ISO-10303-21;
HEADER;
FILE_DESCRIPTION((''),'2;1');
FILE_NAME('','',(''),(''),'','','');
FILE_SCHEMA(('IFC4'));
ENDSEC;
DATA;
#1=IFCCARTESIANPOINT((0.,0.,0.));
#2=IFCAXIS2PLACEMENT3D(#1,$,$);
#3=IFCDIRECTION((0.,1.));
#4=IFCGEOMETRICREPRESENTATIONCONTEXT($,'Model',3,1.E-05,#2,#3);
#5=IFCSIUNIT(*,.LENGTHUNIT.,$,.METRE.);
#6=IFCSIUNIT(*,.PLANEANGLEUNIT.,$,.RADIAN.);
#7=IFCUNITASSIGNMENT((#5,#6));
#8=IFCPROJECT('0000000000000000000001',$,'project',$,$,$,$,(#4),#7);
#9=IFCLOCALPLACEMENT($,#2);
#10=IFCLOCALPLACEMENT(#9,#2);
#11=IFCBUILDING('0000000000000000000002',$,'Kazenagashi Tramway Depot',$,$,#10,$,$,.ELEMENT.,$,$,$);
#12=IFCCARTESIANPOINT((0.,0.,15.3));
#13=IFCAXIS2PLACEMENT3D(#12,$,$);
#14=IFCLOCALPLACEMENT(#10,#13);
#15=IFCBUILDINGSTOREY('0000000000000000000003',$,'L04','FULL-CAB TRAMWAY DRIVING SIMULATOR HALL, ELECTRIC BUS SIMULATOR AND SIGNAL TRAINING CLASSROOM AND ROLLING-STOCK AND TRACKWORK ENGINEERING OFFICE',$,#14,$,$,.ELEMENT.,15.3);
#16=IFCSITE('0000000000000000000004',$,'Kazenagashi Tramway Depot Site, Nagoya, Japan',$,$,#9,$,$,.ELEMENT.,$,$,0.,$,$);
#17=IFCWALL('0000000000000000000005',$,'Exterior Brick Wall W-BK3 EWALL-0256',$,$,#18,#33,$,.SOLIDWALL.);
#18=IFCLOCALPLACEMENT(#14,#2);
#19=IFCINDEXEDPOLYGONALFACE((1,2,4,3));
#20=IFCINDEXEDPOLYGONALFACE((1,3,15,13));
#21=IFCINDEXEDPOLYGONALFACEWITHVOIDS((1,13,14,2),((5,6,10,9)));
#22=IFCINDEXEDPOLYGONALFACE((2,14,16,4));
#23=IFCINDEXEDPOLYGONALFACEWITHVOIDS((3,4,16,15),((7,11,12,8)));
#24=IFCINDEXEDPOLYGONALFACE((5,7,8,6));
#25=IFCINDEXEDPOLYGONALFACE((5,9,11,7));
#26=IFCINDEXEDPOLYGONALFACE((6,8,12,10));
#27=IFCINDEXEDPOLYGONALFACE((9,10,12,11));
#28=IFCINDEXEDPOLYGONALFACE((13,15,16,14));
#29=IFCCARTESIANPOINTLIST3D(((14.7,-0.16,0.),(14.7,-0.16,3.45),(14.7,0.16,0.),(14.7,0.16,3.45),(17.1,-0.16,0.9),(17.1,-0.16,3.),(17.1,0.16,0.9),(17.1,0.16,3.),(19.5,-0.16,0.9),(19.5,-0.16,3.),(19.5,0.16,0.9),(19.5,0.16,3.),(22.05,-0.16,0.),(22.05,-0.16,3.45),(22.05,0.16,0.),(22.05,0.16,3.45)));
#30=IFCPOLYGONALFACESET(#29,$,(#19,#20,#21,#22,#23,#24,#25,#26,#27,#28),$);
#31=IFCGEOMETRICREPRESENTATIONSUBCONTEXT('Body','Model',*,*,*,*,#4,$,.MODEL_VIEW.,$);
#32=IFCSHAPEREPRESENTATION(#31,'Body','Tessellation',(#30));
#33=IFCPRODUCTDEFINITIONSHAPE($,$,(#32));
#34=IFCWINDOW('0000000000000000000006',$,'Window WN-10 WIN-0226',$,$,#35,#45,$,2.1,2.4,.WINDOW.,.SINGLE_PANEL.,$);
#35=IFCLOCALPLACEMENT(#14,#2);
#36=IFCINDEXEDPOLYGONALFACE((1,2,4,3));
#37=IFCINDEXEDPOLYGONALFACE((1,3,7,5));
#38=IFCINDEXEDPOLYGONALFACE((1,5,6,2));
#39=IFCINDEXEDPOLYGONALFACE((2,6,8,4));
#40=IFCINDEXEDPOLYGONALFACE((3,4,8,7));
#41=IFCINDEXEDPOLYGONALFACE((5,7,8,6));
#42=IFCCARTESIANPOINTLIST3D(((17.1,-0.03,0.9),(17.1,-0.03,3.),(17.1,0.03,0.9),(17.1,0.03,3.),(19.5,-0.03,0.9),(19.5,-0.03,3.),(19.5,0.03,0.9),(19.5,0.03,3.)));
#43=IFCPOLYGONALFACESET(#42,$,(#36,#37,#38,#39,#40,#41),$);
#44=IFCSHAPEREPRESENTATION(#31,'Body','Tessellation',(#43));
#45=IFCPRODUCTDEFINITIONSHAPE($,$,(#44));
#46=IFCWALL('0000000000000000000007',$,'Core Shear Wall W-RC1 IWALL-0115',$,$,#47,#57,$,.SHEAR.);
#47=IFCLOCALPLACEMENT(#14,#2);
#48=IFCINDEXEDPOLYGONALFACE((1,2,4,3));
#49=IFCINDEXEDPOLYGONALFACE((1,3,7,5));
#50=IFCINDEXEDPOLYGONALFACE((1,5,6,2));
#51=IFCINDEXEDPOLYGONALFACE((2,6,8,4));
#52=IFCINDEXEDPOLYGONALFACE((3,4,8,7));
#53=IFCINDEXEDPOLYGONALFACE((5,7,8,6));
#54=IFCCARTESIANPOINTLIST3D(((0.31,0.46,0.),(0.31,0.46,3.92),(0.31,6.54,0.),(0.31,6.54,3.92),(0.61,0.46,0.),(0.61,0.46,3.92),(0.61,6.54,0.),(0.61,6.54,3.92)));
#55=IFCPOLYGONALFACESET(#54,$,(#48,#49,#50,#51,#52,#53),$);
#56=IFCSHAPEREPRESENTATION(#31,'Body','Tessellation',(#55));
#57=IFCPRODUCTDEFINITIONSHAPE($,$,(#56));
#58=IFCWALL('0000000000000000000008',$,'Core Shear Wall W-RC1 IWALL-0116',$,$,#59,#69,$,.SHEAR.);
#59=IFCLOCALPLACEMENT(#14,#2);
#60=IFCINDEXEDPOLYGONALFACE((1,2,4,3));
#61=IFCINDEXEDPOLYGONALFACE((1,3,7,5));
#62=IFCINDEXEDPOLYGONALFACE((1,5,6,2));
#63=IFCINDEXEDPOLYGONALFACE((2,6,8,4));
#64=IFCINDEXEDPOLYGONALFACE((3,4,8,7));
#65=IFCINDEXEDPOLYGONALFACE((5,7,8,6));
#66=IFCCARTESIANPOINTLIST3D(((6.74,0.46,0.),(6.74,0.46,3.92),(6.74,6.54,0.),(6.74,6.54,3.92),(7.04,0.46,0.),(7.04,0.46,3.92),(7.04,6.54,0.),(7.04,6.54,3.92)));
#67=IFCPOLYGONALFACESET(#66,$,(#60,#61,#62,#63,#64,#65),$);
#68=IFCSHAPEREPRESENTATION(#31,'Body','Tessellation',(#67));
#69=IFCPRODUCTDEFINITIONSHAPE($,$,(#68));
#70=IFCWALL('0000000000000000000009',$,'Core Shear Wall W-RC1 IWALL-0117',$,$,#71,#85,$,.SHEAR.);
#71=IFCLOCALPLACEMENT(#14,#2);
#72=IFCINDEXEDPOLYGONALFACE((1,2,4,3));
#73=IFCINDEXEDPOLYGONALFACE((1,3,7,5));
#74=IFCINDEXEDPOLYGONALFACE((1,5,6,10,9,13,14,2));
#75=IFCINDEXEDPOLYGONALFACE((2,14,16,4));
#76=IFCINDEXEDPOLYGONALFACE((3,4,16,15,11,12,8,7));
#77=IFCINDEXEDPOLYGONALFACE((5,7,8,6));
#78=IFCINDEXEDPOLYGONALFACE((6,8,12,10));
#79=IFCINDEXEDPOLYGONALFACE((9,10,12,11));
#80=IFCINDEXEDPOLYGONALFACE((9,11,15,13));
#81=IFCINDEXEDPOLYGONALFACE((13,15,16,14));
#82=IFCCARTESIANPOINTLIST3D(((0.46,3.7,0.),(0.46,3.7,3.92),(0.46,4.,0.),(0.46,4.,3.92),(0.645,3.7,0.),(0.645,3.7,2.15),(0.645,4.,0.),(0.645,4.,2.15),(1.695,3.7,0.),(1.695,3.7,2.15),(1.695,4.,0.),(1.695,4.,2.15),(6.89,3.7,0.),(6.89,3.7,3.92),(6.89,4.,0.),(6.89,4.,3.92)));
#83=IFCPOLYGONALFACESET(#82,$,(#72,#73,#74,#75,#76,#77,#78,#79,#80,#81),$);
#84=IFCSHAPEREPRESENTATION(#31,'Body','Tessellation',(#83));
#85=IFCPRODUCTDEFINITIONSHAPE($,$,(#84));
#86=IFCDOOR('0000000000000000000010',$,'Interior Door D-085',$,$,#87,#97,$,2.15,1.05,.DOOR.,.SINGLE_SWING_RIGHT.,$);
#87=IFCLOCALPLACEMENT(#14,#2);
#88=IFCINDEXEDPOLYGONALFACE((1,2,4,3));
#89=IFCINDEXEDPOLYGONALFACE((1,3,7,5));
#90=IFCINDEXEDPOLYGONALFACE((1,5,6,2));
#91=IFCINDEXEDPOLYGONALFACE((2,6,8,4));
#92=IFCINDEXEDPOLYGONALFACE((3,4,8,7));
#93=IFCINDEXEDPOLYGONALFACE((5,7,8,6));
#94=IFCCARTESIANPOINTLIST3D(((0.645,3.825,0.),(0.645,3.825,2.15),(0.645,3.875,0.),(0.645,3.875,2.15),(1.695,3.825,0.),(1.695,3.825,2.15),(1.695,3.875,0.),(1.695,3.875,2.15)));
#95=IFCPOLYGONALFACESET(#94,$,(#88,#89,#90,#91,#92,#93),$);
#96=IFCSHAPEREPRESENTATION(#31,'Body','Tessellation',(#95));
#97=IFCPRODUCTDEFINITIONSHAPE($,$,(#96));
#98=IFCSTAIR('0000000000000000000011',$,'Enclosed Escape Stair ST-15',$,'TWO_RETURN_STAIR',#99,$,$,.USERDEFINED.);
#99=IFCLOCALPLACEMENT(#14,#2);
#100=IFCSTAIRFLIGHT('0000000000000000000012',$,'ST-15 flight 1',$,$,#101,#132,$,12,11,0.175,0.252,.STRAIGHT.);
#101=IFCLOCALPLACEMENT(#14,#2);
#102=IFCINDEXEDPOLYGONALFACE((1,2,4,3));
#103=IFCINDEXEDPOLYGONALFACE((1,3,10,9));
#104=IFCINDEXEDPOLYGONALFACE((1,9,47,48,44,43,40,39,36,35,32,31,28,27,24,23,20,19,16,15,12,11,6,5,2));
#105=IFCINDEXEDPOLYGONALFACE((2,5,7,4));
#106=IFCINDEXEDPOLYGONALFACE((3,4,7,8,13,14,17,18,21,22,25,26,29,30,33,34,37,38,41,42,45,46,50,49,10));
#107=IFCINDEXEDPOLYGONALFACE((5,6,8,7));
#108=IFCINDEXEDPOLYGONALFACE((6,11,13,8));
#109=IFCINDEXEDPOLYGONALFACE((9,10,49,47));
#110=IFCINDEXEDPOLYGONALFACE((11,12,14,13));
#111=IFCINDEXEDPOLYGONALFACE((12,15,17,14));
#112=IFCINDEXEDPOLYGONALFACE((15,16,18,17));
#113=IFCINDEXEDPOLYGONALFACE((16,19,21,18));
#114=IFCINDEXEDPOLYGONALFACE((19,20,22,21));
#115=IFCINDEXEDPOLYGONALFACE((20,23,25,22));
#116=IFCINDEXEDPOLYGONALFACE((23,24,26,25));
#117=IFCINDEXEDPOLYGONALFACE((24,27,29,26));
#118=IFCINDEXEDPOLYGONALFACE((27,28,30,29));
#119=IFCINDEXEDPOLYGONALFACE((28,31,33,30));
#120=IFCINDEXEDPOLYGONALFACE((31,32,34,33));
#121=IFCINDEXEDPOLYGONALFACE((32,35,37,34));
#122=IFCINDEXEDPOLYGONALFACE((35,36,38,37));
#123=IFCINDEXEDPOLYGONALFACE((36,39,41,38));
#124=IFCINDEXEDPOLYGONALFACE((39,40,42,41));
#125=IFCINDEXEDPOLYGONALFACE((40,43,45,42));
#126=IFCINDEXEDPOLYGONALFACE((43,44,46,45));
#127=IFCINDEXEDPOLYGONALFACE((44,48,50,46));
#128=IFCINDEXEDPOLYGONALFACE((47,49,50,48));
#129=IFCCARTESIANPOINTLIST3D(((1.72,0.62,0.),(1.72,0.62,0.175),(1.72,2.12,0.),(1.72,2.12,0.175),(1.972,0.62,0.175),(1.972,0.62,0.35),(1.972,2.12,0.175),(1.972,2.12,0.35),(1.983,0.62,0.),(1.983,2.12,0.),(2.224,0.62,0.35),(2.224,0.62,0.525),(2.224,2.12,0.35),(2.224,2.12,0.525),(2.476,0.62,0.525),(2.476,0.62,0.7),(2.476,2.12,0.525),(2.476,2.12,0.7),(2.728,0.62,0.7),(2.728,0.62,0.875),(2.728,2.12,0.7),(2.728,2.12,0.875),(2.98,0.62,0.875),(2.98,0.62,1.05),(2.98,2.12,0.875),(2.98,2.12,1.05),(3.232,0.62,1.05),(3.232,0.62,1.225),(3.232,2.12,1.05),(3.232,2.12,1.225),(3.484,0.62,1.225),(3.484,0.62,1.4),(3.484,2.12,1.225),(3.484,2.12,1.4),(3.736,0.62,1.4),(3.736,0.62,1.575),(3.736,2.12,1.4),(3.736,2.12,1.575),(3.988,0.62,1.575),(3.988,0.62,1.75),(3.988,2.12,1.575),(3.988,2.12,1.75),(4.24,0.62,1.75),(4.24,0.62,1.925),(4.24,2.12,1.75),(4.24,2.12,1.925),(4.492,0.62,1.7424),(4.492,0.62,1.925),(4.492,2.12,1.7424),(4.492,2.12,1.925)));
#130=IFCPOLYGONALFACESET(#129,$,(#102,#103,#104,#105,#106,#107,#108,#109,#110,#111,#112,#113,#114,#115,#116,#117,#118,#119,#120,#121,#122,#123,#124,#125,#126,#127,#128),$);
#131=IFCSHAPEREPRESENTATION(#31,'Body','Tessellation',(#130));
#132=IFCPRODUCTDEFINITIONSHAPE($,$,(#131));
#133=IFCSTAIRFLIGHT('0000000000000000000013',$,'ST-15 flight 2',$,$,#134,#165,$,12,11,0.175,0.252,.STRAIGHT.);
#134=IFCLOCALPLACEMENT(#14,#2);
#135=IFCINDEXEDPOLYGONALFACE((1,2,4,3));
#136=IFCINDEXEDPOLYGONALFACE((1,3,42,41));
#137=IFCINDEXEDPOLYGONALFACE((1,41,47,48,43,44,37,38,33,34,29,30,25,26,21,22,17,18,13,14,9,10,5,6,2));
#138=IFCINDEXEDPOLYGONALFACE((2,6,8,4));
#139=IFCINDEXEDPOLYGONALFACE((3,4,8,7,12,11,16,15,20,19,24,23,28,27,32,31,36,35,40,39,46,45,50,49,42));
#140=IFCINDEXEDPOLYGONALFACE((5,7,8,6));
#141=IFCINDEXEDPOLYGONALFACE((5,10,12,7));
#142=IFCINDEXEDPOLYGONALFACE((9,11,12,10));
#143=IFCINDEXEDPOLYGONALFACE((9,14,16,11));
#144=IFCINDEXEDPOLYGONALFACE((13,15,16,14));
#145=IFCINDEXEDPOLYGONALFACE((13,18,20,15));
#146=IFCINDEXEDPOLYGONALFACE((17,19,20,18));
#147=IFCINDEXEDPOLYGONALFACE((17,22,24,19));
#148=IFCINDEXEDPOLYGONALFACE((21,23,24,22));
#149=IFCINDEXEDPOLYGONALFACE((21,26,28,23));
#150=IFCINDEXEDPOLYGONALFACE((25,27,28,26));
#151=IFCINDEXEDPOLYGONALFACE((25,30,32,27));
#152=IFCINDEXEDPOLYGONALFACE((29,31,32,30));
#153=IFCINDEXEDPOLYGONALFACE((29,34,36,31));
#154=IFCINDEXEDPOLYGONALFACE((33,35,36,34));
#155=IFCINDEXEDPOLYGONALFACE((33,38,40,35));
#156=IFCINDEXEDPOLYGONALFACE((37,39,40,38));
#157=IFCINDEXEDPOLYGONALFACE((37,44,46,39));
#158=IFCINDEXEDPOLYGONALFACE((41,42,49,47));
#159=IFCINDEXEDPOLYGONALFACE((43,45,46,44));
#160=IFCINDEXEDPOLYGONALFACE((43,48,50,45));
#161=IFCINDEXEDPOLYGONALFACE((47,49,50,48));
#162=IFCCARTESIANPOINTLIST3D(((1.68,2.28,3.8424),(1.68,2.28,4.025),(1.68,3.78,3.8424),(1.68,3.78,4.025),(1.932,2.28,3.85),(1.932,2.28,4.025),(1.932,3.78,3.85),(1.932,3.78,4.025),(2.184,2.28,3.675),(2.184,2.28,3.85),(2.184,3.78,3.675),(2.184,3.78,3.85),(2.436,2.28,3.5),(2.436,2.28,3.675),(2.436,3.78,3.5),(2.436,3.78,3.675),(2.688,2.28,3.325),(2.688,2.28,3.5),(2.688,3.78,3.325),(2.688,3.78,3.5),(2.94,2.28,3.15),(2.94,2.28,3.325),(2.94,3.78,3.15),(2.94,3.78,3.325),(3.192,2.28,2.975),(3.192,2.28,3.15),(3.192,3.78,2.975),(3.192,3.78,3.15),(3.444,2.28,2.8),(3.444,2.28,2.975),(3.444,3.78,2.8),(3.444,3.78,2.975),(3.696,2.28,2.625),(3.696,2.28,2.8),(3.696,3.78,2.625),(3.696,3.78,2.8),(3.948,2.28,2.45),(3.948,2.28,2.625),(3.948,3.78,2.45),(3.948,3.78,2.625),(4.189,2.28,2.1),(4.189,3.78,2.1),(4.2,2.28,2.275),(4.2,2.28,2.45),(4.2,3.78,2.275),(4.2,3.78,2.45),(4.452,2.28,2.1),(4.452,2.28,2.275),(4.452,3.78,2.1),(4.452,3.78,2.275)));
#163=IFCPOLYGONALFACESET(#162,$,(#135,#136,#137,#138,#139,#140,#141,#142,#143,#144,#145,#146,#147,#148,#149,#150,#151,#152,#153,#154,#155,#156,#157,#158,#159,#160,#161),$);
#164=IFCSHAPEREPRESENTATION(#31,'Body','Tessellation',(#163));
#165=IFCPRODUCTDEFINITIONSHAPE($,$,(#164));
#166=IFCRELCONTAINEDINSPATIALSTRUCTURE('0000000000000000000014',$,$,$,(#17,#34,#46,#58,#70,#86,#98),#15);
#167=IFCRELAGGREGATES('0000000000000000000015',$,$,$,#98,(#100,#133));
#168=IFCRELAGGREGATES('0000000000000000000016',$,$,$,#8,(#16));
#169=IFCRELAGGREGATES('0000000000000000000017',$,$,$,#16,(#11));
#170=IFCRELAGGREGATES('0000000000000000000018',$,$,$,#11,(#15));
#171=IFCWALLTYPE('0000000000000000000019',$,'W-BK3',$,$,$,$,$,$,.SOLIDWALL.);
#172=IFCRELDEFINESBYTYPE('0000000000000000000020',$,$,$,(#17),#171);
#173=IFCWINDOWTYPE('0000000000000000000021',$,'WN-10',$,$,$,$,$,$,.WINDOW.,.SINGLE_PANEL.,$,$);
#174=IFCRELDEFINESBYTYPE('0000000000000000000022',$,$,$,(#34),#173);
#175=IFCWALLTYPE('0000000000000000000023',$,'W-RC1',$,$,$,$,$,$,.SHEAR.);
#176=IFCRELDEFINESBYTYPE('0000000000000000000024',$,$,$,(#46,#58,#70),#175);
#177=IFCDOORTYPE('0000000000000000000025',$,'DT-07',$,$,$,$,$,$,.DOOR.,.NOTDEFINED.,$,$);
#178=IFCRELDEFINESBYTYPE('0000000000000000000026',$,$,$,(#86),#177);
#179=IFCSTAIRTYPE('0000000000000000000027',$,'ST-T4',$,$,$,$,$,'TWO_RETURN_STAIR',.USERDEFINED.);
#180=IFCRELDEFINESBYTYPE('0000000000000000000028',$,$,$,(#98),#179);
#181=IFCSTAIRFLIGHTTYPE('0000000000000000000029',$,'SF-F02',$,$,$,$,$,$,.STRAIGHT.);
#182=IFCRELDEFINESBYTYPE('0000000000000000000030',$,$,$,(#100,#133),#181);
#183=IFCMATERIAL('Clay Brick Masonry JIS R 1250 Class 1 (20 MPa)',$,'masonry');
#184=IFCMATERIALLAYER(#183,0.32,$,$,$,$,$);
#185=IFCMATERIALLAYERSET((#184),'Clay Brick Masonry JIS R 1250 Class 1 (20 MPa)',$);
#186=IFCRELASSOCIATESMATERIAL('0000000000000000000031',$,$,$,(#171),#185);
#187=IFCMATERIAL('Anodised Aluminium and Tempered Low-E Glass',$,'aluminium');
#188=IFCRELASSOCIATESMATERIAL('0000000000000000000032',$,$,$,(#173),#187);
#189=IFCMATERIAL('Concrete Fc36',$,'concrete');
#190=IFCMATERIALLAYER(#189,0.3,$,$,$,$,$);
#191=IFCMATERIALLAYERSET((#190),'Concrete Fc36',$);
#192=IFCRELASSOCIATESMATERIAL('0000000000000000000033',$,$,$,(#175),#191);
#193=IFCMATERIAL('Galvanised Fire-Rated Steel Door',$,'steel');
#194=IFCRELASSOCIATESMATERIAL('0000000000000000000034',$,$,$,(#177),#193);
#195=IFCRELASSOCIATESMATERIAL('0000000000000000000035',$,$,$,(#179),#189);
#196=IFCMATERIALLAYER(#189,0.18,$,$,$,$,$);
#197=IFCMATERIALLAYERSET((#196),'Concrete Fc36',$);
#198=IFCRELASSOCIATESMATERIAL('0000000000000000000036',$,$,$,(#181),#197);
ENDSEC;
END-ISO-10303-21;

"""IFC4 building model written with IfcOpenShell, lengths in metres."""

from ifc_helpers import new_model, si_unit, direction, frame, frame_2d, origin, place, context, subcontext, project, spatial, polyline, rectangle, outline, extrude, material, layer, layer_set, type_object, element, fill, aggregate, save


model = new_model("IFC4")

# Units and contexts
model_context = context("Model", 3, precision=1e-05, world=origin(), true_north=direction((0.0, 1.0)))
body_context = subcontext(model_context, "Body", "Model", "MODEL_VIEW")
ifc_project = project(units=[si_unit("LENGTHUNIT", "METRE"), si_unit("PLANEANGLEUNIT", "RADIAN")], contexts=[model_context])

# Site, building, storey
site_placement = place(None, origin())
site = spatial("IfcSite", under=ifc_project, at=site_placement, Name="Kazenagashi Tramway Depot Site, Nagoya, Japan", CompositionType="ELEMENT", RefElevation=0.0)
building_placement = place(site_placement, origin())
building = spatial("IfcBuilding", under=site, at=building_placement, Name="Kazenagashi Tramway Depot", CompositionType="ELEMENT")
storey_placement = place(building_placement, frame((0.0, 0.0, 15.3)))
storey = spatial("IfcBuildingStorey", under=building, at=storey_placement, Name="L04", Description="FULL-CAB TRAMWAY DRIVING SIMULATOR HALL, ELECTRIC BUS SIMULATOR AND SIGNAL TRAINING CLASSROOM AND ROLLING-STOCK AND TRACKWORK ENGINEERING OFFICE", CompositionType="ELEMENT", Elevation=15.3)

# Wall, opening, window
ifc_material_1 = material(Name="Clay Brick Masonry JIS R 1250 Class 1 (20 MPa)", Category="masonry")
ifc_layer_1 = layer(ifc_material_1, 0.32)
ifc_layer_set_1 = layer_set([ifc_layer_1], Name="Clay Brick Masonry JIS R 1250 Class 1 (20 MPa)")
wall_type_1 = type_object("IfcWallType", Name="W-BK3", PredefinedType="SOLIDWALL", material=ifc_layer_set_1)
ifc_material_2 = material(Name="Anodised Aluminium and Tempered Low-E Glass", Category="aluminium")
wall_1_placement = place(storey_placement, frame((14.7, 0.0, 0.0), z_axis=(0.0, 0.0, 1.0), x_axis=(1.0, 0.0, 0.0)))
wall_1 = element("IfcWall", 1, at=wall_1_placement, inside=storey, type_object=wall_type_1, Name="Exterior Brick Wall W-BK3 EWALL-0256", PredefinedType="SOLIDWALL", context=body_context, shape_type="SweptSolid", body=[
    extrude(rectangle(XDim=7.35, YDim=0.32, at=frame_2d((3.675, 0.0))), origin(), (0.0, 0.0, 1.0), 3.45),
])
opening_1_placement = place(wall_1_placement, frame((2.4, 0.0, 0.9)))
opening_1 = element("IfcOpeningElement", 2, at=opening_1_placement, cuts=wall_1, PredefinedType="OPENING", context=body_context, shape_type="SweptSolid", body=[
    extrude(rectangle(XDim=2.4, YDim=2.1, at=frame_2d((1.2, 1.05))), frame((0.0, 0.17, 0.0), z_axis=(0.0, -1.0, 0.0), x_axis=(1.0, 0.0, 0.0)), (0.0, 0.0, 1.0), 0.34),
])
window_type_1 = type_object("IfcWindowType", Name="WN-10", PartitioningType="SINGLE_PANEL", PredefinedType="WINDOW", material=ifc_material_2)
window_1_placement = place(opening_1_placement, origin())
window_1 = element("IfcWindow", 3, at=window_1_placement, inside=storey, type_object=window_type_1, Name="Window WN-10 WIN-0226", OverallHeight=2.1, OverallWidth=2.4, PartitioningType="SINGLE_PANEL", PredefinedType="WINDOW", context=body_context, shape_type="SweptSolid", body=[
    extrude(rectangle(XDim=2.4, YDim=2.1, at=frame_2d((1.2, 1.05))), frame((0.0, 0.03, 0.0), z_axis=(0.0, -1.0, 0.0), x_axis=(1.0, 0.0, 0.0)), (0.0, 0.0, 1.0), 0.06),
])
fill(opening_1, window_1)

# Walls
ifc_material_3 = material(Name="Concrete Fc36", Category="concrete")
ifc_layer_2 = layer(ifc_material_3, 0.3)
ifc_layer_set_2 = layer_set([ifc_layer_2], Name="Concrete Fc36")
wall_type_2 = type_object("IfcWallType", Name="W-RC1", PredefinedType="SHEAR", material=ifc_layer_set_2)
for number, where, z_axis, x_axis, name in (
    (4, (0.46, 0.46, 0.0), (0.0, 0.0, 1.0), (0.0, 1.0, 0.0), "Core Shear Wall W-RC1 IWALL-0115"),
    (5, (6.89, 0.46, 0.0), (0.0, 0.0, 1.0), (0.0, 1.0, 0.0), "Core Shear Wall W-RC1 IWALL-0116"),
):
    element("IfcWall", number, at=place(storey_placement, frame(where, z_axis=z_axis, x_axis=x_axis)), inside=storey, type_object=wall_type_2, Name=name, PredefinedType="SHEAR", context=body_context, shape_type="SweptSolid", body=[
        extrude(rectangle(XDim=6.08, YDim=0.3, at=frame_2d((3.04, 0.0))), origin(), (0.0, 0.0, 1.0), 3.92),
    ])

# Wall, opening, door
wall_2_placement = place(storey_placement, frame((0.46, 3.85, 0.0), z_axis=(0.0, 0.0, 1.0), x_axis=(1.0, 0.0, 0.0)))
wall_2 = element("IfcWall", 6, at=wall_2_placement, inside=storey, type_object=wall_type_2, Name="Core Shear Wall W-RC1 IWALL-0117", PredefinedType="SHEAR", context=body_context, shape_type="SweptSolid", body=[
    extrude(rectangle(XDim=6.43, YDim=0.3, at=frame_2d((3.215, 0.0))), origin(), (0.0, 0.0, 1.0), 3.92),
])
opening_2_placement = place(wall_2_placement, frame((0.185, 0.0, 0.0)))
opening_2 = element("IfcOpeningElement", 7, at=opening_2_placement, cuts=wall_2, PredefinedType="OPENING", context=body_context, shape_type="SweptSolid", body=[
    extrude(rectangle(XDim=1.05, YDim=2.15, at=frame_2d((0.525, 1.075))), frame((0.0, 0.16, 0.0), z_axis=(0.0, -1.0, 0.0), x_axis=(1.0, 0.0, 0.0)), (0.0, 0.0, 1.0), 0.32),
])
ifc_material_4 = material(Name="Galvanised Fire-Rated Steel Door", Category="steel")
door_type = type_object("IfcDoorType", Name="DT-07", OperationType="NOTDEFINED", PredefinedType="DOOR", material=ifc_material_4)
door_placement = place(opening_2_placement, origin())
door = element("IfcDoor", 8, at=door_placement, inside=storey, type_object=door_type, Name="Interior Door D-085", OperationType="SINGLE_SWING_RIGHT", OverallHeight=2.15, OverallWidth=1.05, PredefinedType="DOOR", context=body_context, shape_type="SweptSolid", body=[
    extrude(rectangle(XDim=1.05, YDim=2.15, at=frame_2d((0.525, 1.075))), frame((0.0, 0.025, 0.0), z_axis=(0.0, -1.0, 0.0), x_axis=(1.0, 0.0, 0.0)), (0.0, 0.0, 1.0), 0.05),
])
fill(opening_2, door)

# Stair, stair flights
stair_type = type_object("IfcStairType", Name="ST-T4", ElementType="TWO_RETURN_STAIR", PredefinedType="USERDEFINED", material=ifc_material_3)
stair_placement = place(storey_placement, origin())
stair = element("IfcStair", 9, at=stair_placement, inside=storey, type_object=stair_type, Name="Enclosed Escape Stair ST-15", ObjectType="TWO_RETURN_STAIR", PredefinedType="USERDEFINED")
ifc_layer_3 = layer(ifc_material_3, 0.18)
ifc_layer_set_3 = layer_set([ifc_layer_3], Name="Concrete Fc36")
stair_flight_type = type_object("IfcStairFlightType", Name="SF-F02", PredefinedType="STRAIGHT", material=ifc_layer_set_3)
stair_flight_1_placement = place(storey_placement, frame((1.72, 1.37, 0.0), z_axis=(0.0, 0.0, 1.0), x_axis=(1.0, 0.0, 0.0)))
stair_flight_1 = element("IfcStairFlight", 10, at=stair_flight_1_placement, type_object=stair_flight_type, Name="ST-15 flight 1", NumberOfRisers=12, NumberOfTreads=11, PredefinedType="STRAIGHT", RiserHeight=0.175, TreadLength=0.252, context=body_context, shape_type="SweptSolid", body=[
    extrude(outline(polyline([(0.0, 0.0), (0.0, 0.175), (0.252, 0.175), (0.252, 0.35), (0.504, 0.35), (0.504, 0.525), (0.756, 0.525), (0.756, 0.7), (1.008, 0.7), (1.008, 0.875), (1.26, 0.875), (1.26, 1.05), (1.512, 1.05), (1.512, 1.225), (1.764, 1.225), (1.764, 1.4), (2.016, 1.4), (2.016, 1.575), (2.268, 1.575), (2.268, 1.75), (2.52, 1.75), (2.52, 1.925), (2.772, 1.925), (2.772, 2.1), (2.772, 1.7424), (0.263, 0.0), (0.0, 0.0)])), frame((0.0, 0.75, 0.0), z_axis=(0.0, -1.0, 0.0), x_axis=(1.0, 0.0, 0.0)), (0.0, 0.0, 1.0), 1.5),
])
stair_flight_2_placement = place(storey_placement, frame((4.452, 3.03, 2.1), z_axis=(0.0, 0.0, 1.0), x_axis=(-1.0, 0.0, 0.0)))
stair_flight_2 = element("IfcStairFlight", 11, at=stair_flight_2_placement, type_object=stair_flight_type, Name="ST-15 flight 2", NumberOfRisers=12, NumberOfTreads=11, PredefinedType="STRAIGHT", RiserHeight=0.175, TreadLength=0.252, context=body_context, shape_type="SweptSolid", body=[
    extrude(outline(polyline([(0.0, 0.0), (0.0, 0.175), (0.252, 0.175), (0.252, 0.35), (0.504, 0.35), (0.504, 0.525), (0.756, 0.525), (0.756, 0.7), (1.008, 0.7), (1.008, 0.875), (1.26, 0.875), (1.26, 1.05), (1.512, 1.05), (1.512, 1.225), (1.764, 1.225), (1.764, 1.4), (2.016, 1.4), (2.016, 1.575), (2.268, 1.575), (2.268, 1.75), (2.52, 1.75), (2.52, 1.925), (2.772, 1.925), (2.772, 2.1), (2.772, 1.7424), (0.263, 0.0), (0.0, 0.0)])), frame((0.0, 0.75, 0.0), z_axis=(0.0, -1.0, 0.0), x_axis=(1.0, 0.0, 0.0)), (0.0, 0.0, 1.0), 1.5),
])
aggregate(stair, [stair_flight_1, stair_flight_2])

save(model, "model.ifc")
